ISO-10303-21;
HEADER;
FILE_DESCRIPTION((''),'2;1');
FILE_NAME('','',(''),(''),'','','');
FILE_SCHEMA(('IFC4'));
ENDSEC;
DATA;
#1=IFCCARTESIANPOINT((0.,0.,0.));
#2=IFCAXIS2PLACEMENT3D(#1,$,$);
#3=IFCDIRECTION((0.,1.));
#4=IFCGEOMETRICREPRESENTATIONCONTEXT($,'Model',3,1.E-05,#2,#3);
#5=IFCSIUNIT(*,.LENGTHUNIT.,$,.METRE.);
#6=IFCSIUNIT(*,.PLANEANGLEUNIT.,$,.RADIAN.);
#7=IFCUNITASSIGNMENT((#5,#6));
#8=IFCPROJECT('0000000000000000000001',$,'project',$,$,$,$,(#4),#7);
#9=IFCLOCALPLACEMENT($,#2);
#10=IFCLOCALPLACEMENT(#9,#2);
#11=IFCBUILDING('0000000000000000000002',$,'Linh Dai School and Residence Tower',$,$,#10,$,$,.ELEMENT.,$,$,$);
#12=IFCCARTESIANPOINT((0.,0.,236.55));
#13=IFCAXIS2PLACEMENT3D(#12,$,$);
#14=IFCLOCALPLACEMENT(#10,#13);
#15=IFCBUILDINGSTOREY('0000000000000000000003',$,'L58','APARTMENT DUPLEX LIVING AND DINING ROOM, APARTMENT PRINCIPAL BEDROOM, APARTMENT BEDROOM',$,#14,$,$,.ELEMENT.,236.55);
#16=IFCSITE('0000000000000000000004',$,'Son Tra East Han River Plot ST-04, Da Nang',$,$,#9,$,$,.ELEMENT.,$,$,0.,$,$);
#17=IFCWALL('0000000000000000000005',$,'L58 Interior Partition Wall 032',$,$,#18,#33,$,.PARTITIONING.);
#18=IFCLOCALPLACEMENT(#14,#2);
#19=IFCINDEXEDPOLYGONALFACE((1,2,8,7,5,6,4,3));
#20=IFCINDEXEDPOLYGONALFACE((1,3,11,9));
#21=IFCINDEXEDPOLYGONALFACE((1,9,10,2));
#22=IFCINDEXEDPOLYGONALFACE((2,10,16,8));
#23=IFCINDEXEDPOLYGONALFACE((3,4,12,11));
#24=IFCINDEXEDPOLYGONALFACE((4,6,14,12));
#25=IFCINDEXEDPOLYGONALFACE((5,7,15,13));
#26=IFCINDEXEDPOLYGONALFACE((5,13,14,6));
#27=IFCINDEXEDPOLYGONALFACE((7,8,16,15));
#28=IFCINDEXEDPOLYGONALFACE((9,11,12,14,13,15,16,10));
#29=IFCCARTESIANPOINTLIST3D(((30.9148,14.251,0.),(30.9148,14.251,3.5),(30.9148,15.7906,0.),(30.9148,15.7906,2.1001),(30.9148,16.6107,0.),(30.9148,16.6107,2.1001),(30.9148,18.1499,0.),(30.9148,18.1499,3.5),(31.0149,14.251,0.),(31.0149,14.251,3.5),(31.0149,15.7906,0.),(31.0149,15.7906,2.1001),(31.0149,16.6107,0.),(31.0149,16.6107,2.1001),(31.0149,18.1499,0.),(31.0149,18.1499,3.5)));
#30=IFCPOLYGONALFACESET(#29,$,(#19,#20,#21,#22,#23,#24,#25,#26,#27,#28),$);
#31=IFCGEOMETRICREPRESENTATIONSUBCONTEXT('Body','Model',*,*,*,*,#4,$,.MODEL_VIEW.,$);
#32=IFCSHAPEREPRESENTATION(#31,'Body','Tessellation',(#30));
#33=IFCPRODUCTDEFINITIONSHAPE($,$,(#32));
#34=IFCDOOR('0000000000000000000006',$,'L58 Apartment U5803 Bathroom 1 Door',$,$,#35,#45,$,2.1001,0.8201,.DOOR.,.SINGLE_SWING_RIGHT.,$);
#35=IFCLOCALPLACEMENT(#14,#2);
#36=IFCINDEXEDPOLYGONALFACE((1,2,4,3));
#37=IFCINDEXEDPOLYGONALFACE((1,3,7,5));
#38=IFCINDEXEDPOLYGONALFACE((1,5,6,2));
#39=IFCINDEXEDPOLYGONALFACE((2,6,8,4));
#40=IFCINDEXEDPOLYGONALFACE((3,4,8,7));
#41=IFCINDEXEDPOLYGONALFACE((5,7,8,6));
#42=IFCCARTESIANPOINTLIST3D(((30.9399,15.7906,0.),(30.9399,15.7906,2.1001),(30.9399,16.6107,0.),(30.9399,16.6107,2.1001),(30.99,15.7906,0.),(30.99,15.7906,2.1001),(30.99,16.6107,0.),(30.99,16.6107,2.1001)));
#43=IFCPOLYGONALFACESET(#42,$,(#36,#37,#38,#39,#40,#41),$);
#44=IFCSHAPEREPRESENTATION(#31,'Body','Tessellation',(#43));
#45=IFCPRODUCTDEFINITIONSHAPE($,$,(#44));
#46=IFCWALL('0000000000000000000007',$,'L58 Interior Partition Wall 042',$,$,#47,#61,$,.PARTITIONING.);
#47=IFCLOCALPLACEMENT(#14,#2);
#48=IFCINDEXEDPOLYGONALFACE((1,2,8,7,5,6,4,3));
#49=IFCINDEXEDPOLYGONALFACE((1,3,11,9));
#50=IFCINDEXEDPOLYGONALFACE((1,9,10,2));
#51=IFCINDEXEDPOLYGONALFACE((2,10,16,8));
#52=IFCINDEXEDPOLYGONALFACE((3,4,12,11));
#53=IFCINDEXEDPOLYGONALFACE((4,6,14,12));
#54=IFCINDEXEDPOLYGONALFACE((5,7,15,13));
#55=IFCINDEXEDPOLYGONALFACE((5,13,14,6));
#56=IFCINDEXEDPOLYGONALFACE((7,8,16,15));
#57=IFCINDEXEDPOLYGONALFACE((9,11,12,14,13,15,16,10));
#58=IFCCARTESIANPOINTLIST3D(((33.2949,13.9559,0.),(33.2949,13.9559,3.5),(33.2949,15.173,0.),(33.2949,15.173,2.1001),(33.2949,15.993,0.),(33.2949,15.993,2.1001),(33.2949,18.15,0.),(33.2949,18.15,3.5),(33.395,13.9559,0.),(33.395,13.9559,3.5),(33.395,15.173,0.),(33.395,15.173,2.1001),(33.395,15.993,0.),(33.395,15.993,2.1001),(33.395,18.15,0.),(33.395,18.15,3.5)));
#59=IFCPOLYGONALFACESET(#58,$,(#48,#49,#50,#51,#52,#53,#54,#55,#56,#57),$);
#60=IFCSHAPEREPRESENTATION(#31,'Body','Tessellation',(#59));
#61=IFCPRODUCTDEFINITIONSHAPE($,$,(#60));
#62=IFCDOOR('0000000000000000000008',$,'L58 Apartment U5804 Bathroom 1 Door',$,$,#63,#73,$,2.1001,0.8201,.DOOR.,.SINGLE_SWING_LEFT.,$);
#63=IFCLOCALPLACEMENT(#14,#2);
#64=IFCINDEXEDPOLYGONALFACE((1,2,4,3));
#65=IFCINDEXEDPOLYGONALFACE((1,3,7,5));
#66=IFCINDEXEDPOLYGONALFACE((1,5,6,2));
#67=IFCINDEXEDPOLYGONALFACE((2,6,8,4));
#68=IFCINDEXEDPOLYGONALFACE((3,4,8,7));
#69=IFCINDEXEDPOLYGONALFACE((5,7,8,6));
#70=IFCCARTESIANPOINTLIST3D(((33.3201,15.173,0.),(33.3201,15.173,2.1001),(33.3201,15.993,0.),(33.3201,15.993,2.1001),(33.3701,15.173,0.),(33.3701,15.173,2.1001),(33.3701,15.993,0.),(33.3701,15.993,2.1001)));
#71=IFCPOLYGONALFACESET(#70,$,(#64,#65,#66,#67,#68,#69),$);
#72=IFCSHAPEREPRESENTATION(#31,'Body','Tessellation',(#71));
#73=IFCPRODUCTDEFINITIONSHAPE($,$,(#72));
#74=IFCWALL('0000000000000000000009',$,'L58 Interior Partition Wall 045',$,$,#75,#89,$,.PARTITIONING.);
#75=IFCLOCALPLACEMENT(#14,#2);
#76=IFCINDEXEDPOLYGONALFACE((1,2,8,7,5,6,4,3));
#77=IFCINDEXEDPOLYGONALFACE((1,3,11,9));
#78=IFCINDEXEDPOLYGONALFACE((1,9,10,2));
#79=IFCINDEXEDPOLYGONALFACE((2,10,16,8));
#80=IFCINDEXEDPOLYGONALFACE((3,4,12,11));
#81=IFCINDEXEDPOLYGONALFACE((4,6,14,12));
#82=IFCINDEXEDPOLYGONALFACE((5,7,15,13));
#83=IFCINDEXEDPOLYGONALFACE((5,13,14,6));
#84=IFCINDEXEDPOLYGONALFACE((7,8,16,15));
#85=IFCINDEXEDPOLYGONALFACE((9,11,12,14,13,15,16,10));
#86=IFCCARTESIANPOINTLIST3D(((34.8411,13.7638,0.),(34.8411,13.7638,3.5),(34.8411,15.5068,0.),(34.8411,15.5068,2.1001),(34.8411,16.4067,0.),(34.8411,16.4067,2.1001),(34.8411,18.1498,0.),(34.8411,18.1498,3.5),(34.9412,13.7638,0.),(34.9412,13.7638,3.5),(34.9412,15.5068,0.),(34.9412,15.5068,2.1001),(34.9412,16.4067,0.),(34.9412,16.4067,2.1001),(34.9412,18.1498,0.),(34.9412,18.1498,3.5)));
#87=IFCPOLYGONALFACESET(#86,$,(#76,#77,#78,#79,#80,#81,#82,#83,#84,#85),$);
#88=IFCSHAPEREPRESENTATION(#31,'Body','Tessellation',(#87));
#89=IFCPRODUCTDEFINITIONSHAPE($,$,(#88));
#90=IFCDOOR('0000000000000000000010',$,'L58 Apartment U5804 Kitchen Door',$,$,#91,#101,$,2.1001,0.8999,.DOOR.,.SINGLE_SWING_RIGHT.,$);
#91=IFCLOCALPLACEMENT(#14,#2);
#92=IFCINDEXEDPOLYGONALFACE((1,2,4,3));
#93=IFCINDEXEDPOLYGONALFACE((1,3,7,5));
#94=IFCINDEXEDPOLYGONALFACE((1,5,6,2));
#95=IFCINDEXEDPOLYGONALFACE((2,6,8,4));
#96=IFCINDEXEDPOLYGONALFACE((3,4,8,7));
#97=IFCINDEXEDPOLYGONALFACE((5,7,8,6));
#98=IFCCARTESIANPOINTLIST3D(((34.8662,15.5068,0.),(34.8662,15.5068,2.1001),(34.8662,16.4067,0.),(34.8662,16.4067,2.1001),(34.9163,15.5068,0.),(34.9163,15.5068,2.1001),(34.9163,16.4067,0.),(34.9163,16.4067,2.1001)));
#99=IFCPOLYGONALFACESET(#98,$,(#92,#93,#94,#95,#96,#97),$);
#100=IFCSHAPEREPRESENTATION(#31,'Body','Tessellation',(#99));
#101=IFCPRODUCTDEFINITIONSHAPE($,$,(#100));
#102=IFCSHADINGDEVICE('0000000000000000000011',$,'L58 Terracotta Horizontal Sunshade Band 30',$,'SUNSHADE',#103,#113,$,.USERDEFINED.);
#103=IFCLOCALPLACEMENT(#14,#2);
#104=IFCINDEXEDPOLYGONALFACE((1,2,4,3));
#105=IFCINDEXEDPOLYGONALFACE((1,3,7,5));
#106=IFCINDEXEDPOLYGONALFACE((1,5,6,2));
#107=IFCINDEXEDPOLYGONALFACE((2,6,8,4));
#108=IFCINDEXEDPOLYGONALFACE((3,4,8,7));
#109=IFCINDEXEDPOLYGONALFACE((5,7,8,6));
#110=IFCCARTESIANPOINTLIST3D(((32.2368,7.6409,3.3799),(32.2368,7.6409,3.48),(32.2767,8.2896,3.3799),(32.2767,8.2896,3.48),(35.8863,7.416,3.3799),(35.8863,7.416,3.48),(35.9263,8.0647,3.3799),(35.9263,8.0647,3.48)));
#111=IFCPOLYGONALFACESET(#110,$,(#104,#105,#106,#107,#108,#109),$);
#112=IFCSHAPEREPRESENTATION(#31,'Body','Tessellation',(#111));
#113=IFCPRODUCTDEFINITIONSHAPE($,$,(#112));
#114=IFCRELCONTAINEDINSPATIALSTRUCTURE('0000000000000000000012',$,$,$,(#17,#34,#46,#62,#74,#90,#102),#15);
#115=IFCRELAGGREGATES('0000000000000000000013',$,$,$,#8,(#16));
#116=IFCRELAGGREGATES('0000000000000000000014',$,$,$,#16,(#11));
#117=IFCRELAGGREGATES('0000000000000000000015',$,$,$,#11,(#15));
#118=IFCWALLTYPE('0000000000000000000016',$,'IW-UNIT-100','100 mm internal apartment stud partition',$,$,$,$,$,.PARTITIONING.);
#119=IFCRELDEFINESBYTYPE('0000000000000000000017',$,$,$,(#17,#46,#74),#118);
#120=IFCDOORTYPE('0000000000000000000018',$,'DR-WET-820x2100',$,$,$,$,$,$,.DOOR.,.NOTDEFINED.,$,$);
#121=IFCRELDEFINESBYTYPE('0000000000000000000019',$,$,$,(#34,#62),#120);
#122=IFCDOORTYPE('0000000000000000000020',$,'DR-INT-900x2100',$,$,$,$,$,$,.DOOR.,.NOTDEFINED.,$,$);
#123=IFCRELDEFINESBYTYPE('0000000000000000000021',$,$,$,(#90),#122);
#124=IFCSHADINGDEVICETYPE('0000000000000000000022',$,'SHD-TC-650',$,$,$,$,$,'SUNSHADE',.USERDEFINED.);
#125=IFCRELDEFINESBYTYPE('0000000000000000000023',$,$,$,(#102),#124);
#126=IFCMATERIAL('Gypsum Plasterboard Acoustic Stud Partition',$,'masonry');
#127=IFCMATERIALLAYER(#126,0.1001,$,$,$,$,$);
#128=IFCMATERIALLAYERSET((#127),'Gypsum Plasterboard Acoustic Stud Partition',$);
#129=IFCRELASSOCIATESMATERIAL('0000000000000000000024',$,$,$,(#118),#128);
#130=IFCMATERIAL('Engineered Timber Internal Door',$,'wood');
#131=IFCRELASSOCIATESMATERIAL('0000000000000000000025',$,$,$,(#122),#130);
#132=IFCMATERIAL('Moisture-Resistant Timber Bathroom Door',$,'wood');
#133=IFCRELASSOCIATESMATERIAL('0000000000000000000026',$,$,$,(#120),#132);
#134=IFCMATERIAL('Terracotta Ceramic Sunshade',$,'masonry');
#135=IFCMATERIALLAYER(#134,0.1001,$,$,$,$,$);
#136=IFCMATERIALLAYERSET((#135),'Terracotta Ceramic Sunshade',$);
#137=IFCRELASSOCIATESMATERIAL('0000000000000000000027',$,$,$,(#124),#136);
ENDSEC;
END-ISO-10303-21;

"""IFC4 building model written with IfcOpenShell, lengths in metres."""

from ifc_helpers import new_model, si_unit, direction, frame, frame_2d, origin, origin_2d, place, context, subcontext, project, spatial, rectangle, extrude, source, transform, mapped, material, layer, layer_set, type_object, element, fill, save


model = new_model("IFC4")

# Units and contexts
model_context = context("Model", 3, precision=1e-05, world=origin(), true_north=direction((0.0, 1.0)))
body_context = subcontext(model_context, "Body", "Model", "MODEL_VIEW")
ifc_project = project(units=[si_unit("LENGTHUNIT", "METRE"), si_unit("PLANEANGLEUNIT", "RADIAN")], contexts=[model_context])

# Site, building, storey
site_placement = place(None, origin())
site = spatial("IfcSite", under=ifc_project, at=site_placement, Name="Son Tra East Han River Plot ST-04, Da Nang", CompositionType="ELEMENT", RefElevation=0.0)
building_placement = place(site_placement, origin())
building = spatial("IfcBuilding", under=site, at=building_placement, Name="Linh Dai School and Residence Tower", CompositionType="ELEMENT")
storey_placement = place(building_placement, frame((0.0, 0.0, 236.55)))
storey = spatial("IfcBuildingStorey", under=building, at=storey_placement, Name="L58", Description="APARTMENT DUPLEX LIVING AND DINING ROOM, APARTMENT PRINCIPAL BEDROOM, APARTMENT BEDROOM", CompositionType="ELEMENT", Elevation=236.55)

# Shared definitions
ifc_material_1 = material(Name="Gypsum Plasterboard Acoustic Stud Partition", Category="masonry")
ifc_layer_1 = layer(ifc_material_1, 0.1001)
ifc_layer_set_1 = layer_set([ifc_layer_1], Name="Gypsum Plasterboard Acoustic Stud Partition")
wall_type_1 = type_object("IfcWallType", Name="IW-UNIT-100", Description="100 mm internal apartment stud partition", PredefinedType="PARTITIONING", material=ifc_layer_set_1)

# Shared definitions
ifc_material_2 = material(Name="Engineered Timber Internal Door", Category="wood")
door_type_1 = type_object("IfcDoorType", Name="DR-INT-900x2100", OperationType="NOTDEFINED", PredefinedType="DOOR", material=ifc_material_2)
shared_shape_1 = source(origin(), body_context, "Body", "SweptSolid", [
    extrude(rectangle(XDim=0.8999, YDim=2.1001, at=origin_2d()), frame((0.45, 0.0249, 1.05), z_axis=(0.0, -1.0, 0.0), x_axis=(1.0, 0.0, 0.0)), (0.0, 0.0, 1.0), 0.05),
])

# Walls, openings, doors
wall_1_placement = place(storey_placement, frame((30.9648, 14.251, 0.0), z_axis=(0.0, 0.0, 1.0), x_axis=(0.0, 1.0, 0.0)))
wall_1 = element("IfcWall", 1, at=wall_1_placement, inside=storey, type_object=wall_type_1, Name="L58 Interior Partition Wall 032", PredefinedType="PARTITIONING", context=body_context, shape_type="SweptSolid", body=[
    extrude(rectangle(XDim=3.8989, YDim=0.1001, at=frame_2d((1.9495, 0.0))), origin(), (0.0, 0.0, 1.0), 3.5),
])
opening_1_placement = place(wall_1_placement, frame((1.5396, 0.0, 0.0)))
opening_1 = element("IfcOpeningElement", 2, at=opening_1_placement, cuts=wall_1, PredefinedType="OPENING", context=body_context, shape_type="SweptSolid", body=[
    extrude(rectangle(XDim=0.8201, YDim=2.1001, at=origin_2d()), frame((0.4102, 0.0601, 1.05), z_axis=(0.0, -1.0, 0.0), x_axis=(1.0, 0.0, 0.0)), (0.0, 0.0, 1.0), 0.1201),
])
ifc_material_3 = material(Name="Moisture-Resistant Timber Bathroom Door", Category="wood")
door_type_2 = type_object("IfcDoorType", Name="DR-WET-820x2100", OperationType="NOTDEFINED", PredefinedType="DOOR", material=ifc_material_3)
shared_shape_2 = source(origin(), body_context, "Body", "SweptSolid", [
    extrude(rectangle(XDim=0.8201, YDim=2.1001, at=origin_2d()), frame((0.4102, 0.0249, 1.05), z_axis=(0.0, -1.0, 0.0), x_axis=(1.0, 0.0, 0.0)), (0.0, 0.0, 1.0), 0.05),
])
door_1_placement = place(opening_1_placement, origin())
door_1 = element("IfcDoor", 3, at=door_1_placement, inside=storey, type_object=door_type_2, Name="L58 Apartment U5803 Bathroom 1 Door", OperationType="SINGLE_SWING_RIGHT", OverallHeight=2.1001, OverallWidth=0.8201, PredefinedType="DOOR", context=body_context, shape_type="MappedRepresentation", body=[
    mapped(shared_shape_2, transform((0.0, 0.0, 0.0), x_axis=(1.0, 0.0, 0.0), y_axis=(0.0, 1.0, 0.0), z_axis=(0.0, 0.0, 1.0), scale=1.0)),
])
fill(opening_1, door_1)
wall_2_placement = place(storey_placement, frame((33.345, 13.9558, 0.0), z_axis=(0.0, 0.0, 1.0), x_axis=(0.0, 1.0, 0.0)))
wall_2 = element("IfcWall", 4, at=wall_2_placement, inside=storey, type_object=wall_type_1, Name="L58 Interior Partition Wall 042", PredefinedType="PARTITIONING", context=body_context, shape_type="SweptSolid", body=[
    extrude(rectangle(XDim=4.1941, YDim=0.1001, at=frame_2d((2.0972, 0.0))), origin(), (0.0, 0.0, 1.0), 3.5),
])
opening_2_placement = place(wall_2_placement, frame((1.217, 0.0, 0.0)))
opening_2 = element("IfcOpeningElement", 5, at=opening_2_placement, cuts=wall_2, PredefinedType="OPENING", context=body_context, shape_type="SweptSolid", body=[
    extrude(rectangle(XDim=0.8201, YDim=2.1001, at=origin_2d()), frame((0.4102, 0.0601, 1.05), z_axis=(0.0, -1.0, 0.0), x_axis=(1.0, 0.0, 0.0)), (0.0, 0.0, 1.0), 0.1201),
])
door_2_placement = place(opening_2_placement, origin())
door_2 = element("IfcDoor", 6, at=door_2_placement, inside=storey, type_object=door_type_2, Name="L58 Apartment U5804 Bathroom 1 Door", OperationType="SINGLE_SWING_LEFT", OverallHeight=2.1001, OverallWidth=0.8201, PredefinedType="DOOR", context=body_context, shape_type="MappedRepresentation", body=[
    mapped(shared_shape_2, transform((0.0, 0.0, 0.0), x_axis=(1.0, 0.0, 0.0), y_axis=(0.0, 1.0, 0.0), z_axis=(0.0, 0.0, 1.0), scale=1.0)),
])
fill(opening_2, door_2)
wall_3_placement = place(storey_placement, frame((34.8911, 13.7639, 0.0), z_axis=(0.0, 0.0, 1.0), x_axis=(0.0, 1.0, 0.0)))
wall_3 = element("IfcWall", 7, at=wall_3_placement, inside=storey, type_object=wall_type_1, Name="L58 Interior Partition Wall 045", PredefinedType="PARTITIONING", context=body_context, shape_type="SweptSolid", body=[
    extrude(rectangle(XDim=4.386, YDim=0.1001, at=frame_2d((2.1929, 0.0))), origin(), (0.0, 0.0, 1.0), 3.5),
])
opening_3_placement = place(wall_3_placement, frame((1.7429, 0.0, 0.0)))
opening_3 = element("IfcOpeningElement", 8, at=opening_3_placement, cuts=wall_3, PredefinedType="OPENING", context=body_context, shape_type="SweptSolid", body=[
    extrude(rectangle(XDim=0.8999, YDim=2.1001, at=origin_2d()), frame((0.45, 0.0601, 1.05), z_axis=(0.0, -1.0, 0.0), x_axis=(1.0, 0.0, 0.0)), (0.0, 0.0, 1.0), 0.1201),
])
door_3_placement = place(opening_3_placement, origin())
door_3 = element("IfcDoor", 9, at=door_3_placement, inside=storey, type_object=door_type_1, Name="L58 Apartment U5804 Kitchen Door", OperationType="SINGLE_SWING_RIGHT", OverallHeight=2.1001, OverallWidth=0.8999, PredefinedType="DOOR", context=body_context, shape_type="MappedRepresentation", body=[
    mapped(shared_shape_1, transform((0.0, 0.0, 0.0), x_axis=(1.0, 0.0, 0.0), y_axis=(0.0, 1.0, 0.0), z_axis=(0.0, 0.0, 1.0), scale=1.0)),
])
fill(opening_3, door_3)

# Shading device
ifc_material_4 = material(Name="Terracotta Ceramic Sunshade", Category="masonry")
ifc_layer_2 = layer(ifc_material_4, 0.1001)
ifc_layer_set_2 = layer_set([ifc_layer_2], Name="Terracotta Ceramic Sunshade")
shading_device_type = type_object("IfcShadingDeviceType", Name="SHD-TC-650", ElementType="SUNSHADE", PredefinedType="USERDEFINED", material=ifc_layer_set_2)
shared_shape_3 = source(origin(), body_context, "Body", "SweptSolid", [
    extrude(rectangle(XDim=3.6565, YDim=0.6499, at=origin_2d()), origin(), (0.0, 0.0, 1.0), 0.1001),
])
shading_device_placement = place(storey_placement, frame((34.0815, 7.8528, 3.3799), z_axis=(0.0, 0.0, 1.0), x_axis=(-0.998107, 0.061504, 0.0)))
element("IfcShadingDevice", 10, at=shading_device_placement, inside=storey, type_object=shading_device_type, Name="L58 Terracotta Horizontal Sunshade Band 30", ObjectType="SUNSHADE", PredefinedType="USERDEFINED", context=body_context, shape_type="MappedRepresentation", body=[
    mapped(shared_shape_3, transform((0.0, 0.0, 0.0), x_axis=(1.0, 0.0, 0.0), y_axis=(0.0, 1.0, 0.0), z_axis=(0.0, 0.0, 1.0), scale=1.0)),
])

save(model, "model.ifc")
